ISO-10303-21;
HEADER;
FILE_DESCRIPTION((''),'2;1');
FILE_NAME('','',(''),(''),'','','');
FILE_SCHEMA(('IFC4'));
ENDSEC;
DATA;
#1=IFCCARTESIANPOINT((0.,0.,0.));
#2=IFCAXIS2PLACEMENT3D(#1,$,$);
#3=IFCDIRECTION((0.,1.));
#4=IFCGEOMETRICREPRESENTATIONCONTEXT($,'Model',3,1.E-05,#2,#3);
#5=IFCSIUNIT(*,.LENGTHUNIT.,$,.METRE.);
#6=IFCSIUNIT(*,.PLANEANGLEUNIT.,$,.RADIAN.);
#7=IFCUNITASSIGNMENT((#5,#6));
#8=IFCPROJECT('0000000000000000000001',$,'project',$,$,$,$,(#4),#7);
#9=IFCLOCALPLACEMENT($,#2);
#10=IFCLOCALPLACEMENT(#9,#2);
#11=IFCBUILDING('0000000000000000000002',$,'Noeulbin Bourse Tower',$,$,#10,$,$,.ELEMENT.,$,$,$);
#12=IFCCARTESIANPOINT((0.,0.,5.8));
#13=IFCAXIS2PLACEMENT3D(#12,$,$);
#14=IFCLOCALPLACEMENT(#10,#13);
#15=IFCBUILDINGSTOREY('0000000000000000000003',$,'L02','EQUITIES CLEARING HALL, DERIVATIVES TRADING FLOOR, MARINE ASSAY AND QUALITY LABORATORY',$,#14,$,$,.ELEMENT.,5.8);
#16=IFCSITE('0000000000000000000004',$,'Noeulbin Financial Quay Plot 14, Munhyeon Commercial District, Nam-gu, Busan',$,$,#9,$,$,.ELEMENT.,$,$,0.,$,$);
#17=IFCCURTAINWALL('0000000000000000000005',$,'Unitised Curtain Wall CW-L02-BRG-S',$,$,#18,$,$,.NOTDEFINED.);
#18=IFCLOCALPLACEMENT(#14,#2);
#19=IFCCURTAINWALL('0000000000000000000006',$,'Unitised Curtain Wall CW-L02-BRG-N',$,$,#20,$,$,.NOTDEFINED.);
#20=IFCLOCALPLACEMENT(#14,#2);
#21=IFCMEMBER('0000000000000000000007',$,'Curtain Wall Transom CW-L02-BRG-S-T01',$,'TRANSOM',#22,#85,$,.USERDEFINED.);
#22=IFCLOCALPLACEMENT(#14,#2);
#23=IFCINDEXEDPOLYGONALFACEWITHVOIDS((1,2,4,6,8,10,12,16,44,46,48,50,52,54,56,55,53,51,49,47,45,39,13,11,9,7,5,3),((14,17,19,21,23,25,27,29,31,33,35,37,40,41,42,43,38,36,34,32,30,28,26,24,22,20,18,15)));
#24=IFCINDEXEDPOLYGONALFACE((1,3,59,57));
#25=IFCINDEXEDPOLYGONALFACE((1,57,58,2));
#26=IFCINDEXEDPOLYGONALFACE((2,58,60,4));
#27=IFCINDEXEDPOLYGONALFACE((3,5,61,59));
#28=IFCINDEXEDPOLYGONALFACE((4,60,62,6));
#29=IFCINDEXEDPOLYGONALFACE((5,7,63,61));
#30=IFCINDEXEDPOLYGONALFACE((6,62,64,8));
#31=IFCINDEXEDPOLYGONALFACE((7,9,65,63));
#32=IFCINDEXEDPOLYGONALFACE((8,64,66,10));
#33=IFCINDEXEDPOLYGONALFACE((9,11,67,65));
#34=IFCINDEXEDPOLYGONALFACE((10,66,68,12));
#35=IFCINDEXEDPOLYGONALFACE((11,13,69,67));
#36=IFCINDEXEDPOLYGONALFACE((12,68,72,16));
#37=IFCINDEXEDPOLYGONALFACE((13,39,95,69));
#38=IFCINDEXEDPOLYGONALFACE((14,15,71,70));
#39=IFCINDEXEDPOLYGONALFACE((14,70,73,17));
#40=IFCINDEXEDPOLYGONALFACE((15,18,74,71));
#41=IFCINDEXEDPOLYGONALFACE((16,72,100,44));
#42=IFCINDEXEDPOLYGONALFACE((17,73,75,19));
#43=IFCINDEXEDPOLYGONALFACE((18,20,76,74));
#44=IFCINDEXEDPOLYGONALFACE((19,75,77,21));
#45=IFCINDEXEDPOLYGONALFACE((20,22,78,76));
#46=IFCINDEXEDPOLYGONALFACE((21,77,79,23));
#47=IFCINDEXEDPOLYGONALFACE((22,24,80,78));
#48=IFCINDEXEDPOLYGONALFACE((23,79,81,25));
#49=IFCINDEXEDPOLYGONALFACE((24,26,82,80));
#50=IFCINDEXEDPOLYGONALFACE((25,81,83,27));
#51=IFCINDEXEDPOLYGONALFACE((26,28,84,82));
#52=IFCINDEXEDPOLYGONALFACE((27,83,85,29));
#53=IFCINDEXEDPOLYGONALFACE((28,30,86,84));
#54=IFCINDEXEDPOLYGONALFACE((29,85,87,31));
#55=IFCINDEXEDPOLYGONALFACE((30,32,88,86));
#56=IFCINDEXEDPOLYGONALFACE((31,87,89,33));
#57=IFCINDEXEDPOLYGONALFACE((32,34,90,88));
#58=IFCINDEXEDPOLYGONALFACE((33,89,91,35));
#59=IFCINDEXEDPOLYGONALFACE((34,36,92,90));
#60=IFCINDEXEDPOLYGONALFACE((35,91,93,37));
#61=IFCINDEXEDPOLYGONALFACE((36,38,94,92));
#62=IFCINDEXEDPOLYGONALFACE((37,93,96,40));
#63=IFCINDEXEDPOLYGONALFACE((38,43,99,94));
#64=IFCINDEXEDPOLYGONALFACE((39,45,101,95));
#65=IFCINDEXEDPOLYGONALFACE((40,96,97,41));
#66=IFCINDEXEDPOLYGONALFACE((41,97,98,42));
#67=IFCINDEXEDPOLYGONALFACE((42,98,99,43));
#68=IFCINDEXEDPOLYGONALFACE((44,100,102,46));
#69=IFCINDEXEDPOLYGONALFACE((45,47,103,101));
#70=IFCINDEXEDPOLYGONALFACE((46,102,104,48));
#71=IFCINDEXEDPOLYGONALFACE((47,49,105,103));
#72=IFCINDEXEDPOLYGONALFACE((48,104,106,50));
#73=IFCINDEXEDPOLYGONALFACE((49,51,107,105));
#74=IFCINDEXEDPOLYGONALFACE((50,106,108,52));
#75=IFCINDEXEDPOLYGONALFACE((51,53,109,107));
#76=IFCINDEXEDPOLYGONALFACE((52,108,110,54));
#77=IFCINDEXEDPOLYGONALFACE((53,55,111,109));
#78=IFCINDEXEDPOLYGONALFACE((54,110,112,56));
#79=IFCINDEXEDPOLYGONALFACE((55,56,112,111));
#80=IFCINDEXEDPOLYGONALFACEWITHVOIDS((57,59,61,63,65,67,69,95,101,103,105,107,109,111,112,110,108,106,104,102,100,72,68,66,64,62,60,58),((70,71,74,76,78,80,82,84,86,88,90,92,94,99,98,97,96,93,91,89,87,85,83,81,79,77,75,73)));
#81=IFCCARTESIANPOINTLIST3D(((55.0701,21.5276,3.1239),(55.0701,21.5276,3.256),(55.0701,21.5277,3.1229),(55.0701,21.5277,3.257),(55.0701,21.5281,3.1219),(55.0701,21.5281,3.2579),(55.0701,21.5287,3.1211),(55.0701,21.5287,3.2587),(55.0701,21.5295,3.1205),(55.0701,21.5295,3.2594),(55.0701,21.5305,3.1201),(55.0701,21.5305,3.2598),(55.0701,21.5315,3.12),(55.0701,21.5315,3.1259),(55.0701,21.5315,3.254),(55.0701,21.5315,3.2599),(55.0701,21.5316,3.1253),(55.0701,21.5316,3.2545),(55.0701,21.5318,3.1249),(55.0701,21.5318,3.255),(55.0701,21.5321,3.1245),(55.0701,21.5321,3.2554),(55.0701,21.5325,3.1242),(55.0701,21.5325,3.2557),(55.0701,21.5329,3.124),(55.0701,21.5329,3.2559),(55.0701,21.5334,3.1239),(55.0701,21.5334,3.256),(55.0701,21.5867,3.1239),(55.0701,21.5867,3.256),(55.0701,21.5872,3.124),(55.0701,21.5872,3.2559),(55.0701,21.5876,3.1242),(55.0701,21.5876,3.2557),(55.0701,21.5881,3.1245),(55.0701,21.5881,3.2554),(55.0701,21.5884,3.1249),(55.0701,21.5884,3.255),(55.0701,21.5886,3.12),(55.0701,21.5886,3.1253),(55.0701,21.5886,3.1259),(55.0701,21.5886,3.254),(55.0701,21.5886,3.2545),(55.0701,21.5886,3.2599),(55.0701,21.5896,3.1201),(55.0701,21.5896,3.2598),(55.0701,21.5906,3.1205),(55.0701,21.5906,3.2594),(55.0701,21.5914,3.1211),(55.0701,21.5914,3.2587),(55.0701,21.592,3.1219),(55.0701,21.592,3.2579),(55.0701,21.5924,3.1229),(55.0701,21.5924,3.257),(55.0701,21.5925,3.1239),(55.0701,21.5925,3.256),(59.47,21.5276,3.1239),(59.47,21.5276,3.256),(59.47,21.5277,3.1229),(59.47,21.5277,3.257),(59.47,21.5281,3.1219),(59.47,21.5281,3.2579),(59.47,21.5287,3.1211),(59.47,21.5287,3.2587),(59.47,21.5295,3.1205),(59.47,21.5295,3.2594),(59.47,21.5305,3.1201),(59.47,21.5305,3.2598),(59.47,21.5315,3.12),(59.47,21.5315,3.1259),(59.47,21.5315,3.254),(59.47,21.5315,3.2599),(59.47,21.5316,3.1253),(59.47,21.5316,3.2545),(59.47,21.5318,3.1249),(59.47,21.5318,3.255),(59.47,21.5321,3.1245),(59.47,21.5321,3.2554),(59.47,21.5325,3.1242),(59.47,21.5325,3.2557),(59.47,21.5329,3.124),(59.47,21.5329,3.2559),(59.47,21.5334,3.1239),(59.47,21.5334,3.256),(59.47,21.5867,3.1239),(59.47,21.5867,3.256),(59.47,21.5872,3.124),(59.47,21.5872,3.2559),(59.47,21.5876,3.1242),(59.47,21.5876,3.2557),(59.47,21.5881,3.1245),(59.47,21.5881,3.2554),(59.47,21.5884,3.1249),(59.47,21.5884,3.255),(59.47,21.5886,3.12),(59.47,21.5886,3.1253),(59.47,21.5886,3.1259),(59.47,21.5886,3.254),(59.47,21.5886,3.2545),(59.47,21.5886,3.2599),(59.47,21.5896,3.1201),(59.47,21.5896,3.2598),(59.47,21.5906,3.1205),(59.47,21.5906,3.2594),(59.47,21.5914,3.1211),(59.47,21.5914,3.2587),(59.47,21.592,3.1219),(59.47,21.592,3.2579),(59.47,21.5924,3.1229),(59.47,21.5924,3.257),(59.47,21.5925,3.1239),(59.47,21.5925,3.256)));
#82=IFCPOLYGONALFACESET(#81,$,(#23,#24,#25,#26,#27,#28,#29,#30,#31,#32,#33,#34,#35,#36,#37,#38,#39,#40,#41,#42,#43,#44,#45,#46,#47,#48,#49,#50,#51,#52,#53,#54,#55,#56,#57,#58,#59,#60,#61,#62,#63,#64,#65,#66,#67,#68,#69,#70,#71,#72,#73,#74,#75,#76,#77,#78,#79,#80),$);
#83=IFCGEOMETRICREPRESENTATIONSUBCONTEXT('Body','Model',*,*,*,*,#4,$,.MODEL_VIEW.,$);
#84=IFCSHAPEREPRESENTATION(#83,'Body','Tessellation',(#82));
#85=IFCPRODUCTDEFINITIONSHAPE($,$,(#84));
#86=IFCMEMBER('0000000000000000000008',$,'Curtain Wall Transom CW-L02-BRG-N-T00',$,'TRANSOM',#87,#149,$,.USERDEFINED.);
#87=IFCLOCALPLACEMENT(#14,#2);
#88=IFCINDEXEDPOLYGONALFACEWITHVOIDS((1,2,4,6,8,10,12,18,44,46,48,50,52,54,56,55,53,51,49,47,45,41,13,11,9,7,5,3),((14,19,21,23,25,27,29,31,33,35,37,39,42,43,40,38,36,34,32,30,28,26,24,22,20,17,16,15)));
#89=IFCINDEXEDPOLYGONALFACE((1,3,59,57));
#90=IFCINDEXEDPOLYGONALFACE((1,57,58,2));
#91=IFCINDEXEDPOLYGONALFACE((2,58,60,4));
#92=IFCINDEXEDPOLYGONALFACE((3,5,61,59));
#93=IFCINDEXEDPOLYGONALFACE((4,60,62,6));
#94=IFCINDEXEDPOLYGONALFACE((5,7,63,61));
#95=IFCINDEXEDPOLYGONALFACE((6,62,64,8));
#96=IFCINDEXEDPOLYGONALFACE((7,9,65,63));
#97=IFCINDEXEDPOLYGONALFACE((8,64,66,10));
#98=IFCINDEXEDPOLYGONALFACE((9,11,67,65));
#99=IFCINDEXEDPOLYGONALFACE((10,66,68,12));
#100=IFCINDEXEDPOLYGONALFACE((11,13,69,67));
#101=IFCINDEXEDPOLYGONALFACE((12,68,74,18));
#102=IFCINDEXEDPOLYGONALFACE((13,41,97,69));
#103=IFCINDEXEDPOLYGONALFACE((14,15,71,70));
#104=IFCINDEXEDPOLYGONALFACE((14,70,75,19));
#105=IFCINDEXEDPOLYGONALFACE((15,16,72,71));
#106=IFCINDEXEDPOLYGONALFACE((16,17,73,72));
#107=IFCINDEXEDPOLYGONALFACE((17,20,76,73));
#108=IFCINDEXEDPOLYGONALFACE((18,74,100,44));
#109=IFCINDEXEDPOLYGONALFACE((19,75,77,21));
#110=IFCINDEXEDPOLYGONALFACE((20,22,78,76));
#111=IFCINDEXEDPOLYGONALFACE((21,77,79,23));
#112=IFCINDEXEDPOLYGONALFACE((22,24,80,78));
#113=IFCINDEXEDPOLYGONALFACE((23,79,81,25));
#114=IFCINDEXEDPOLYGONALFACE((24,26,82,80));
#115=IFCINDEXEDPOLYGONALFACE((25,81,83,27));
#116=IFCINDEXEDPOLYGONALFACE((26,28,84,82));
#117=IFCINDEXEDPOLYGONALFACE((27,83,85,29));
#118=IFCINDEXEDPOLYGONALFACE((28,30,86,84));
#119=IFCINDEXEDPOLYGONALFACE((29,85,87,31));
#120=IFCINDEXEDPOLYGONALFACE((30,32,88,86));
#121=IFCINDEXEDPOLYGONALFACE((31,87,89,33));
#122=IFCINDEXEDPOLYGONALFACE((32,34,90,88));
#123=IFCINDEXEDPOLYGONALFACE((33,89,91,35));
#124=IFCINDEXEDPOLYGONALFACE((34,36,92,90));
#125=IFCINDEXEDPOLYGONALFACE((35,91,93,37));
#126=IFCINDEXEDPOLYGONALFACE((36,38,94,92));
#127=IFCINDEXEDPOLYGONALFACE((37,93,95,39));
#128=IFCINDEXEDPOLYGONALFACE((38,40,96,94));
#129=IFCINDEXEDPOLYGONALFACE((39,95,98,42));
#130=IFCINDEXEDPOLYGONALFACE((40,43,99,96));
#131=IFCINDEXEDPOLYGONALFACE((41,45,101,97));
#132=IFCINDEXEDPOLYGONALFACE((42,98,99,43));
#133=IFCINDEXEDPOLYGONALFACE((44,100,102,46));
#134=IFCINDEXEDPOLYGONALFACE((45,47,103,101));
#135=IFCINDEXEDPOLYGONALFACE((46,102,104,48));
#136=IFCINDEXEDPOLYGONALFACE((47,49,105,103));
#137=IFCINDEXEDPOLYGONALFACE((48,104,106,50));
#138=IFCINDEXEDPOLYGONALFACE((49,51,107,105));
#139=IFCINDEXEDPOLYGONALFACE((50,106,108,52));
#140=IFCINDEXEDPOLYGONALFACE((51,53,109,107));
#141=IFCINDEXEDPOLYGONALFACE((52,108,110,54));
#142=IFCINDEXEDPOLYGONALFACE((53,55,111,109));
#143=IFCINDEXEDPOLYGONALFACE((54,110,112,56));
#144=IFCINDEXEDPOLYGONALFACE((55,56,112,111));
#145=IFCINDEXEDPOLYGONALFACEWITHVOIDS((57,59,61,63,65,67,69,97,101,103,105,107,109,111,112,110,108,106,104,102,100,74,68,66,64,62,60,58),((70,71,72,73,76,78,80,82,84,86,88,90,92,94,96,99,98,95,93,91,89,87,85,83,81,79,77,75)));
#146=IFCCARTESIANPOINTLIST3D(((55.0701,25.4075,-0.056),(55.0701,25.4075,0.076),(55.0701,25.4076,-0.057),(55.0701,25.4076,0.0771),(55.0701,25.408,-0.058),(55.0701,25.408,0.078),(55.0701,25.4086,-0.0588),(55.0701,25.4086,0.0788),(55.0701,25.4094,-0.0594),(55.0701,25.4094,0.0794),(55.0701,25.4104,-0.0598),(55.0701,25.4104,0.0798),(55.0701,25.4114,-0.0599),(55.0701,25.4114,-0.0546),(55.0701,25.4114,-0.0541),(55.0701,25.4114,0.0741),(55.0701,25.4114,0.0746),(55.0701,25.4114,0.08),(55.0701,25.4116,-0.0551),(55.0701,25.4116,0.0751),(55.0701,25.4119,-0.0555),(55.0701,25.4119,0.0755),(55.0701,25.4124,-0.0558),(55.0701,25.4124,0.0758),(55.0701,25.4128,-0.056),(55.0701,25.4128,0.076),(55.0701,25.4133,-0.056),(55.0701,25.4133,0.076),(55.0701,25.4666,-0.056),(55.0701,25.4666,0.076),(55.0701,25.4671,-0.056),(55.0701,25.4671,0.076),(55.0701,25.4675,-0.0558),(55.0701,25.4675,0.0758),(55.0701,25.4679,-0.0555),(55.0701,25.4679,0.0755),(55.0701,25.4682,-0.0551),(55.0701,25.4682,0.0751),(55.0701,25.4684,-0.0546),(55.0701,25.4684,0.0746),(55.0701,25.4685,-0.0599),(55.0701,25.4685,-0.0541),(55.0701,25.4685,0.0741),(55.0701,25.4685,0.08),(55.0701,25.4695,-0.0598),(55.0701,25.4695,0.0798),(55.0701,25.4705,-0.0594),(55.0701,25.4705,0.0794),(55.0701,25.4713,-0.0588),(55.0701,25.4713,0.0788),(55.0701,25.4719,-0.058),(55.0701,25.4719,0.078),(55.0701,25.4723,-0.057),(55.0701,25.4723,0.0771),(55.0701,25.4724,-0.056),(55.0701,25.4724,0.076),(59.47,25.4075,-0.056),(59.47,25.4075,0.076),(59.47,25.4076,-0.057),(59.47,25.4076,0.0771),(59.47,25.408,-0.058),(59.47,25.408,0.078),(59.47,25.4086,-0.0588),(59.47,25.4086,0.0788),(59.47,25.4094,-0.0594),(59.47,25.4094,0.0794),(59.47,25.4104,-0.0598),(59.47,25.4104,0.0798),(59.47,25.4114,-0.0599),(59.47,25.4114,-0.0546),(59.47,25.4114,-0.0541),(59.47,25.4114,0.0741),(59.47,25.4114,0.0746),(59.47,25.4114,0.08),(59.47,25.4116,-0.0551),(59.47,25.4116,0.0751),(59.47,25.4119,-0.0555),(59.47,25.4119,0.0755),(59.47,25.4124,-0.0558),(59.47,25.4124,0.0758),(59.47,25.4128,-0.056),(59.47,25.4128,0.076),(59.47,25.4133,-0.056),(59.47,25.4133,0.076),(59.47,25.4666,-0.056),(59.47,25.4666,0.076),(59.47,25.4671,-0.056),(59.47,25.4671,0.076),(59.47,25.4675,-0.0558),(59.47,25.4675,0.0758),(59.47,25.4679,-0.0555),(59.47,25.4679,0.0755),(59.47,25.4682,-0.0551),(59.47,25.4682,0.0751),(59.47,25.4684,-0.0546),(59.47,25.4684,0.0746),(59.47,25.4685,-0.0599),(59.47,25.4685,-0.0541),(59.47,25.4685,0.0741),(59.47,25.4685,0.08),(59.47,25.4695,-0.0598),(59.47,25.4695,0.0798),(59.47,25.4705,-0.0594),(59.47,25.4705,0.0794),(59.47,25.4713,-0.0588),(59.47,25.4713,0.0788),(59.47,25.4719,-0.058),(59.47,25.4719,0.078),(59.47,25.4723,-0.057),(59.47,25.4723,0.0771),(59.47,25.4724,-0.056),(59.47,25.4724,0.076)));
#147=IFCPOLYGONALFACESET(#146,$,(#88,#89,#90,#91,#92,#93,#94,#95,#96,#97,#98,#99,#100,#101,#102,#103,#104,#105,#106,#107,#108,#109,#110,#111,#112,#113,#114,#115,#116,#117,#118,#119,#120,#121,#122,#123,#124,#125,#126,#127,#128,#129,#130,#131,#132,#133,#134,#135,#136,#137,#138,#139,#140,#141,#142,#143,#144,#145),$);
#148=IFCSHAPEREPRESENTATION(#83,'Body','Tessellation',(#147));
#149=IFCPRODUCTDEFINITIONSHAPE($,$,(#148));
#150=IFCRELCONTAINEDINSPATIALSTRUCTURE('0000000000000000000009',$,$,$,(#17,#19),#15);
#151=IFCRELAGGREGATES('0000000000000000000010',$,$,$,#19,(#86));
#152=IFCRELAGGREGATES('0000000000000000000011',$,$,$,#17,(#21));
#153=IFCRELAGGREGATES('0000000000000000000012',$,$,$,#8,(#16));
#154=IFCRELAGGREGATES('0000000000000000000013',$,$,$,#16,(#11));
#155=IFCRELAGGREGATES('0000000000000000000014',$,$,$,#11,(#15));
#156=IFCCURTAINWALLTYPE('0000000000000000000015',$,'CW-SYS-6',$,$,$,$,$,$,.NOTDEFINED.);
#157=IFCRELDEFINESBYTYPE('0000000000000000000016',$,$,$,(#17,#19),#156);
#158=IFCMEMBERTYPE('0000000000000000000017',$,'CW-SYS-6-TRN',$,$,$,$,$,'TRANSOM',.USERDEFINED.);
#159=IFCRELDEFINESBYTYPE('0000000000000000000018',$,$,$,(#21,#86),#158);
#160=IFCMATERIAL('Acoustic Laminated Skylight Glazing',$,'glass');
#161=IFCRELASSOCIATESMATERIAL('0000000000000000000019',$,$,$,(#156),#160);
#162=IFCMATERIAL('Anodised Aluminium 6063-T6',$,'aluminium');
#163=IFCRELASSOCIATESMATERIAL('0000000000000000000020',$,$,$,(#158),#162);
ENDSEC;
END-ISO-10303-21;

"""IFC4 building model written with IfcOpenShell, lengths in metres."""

from ifc_helpers import new_model, si_unit, direction, frame, origin, origin_2d, place, context, subcontext, project, spatial, hollow_rectangle, extrude, material, material_profile, profile_set, type_object, element, aggregate, save


model = new_model("IFC4")

# Units and contexts
model_context = context("Model", 3, precision=1e-05, world=origin(), true_north=direction((0.0, 1.0)))
body_context = subcontext(model_context, "Body", "Model", "MODEL_VIEW")
ifc_project = project(units=[si_unit("LENGTHUNIT", "METRE"), si_unit("PLANEANGLEUNIT", "RADIAN")], contexts=[model_context])

# Site, building, storey
site_placement = place(None, origin())
site = spatial("IfcSite", under=ifc_project, at=site_placement, Name="Noeulbin Financial Quay Plot 14, Munhyeon Commercial District, Nam-gu, Busan", CompositionType="ELEMENT", RefElevation=0.0)
building_placement = place(site_placement, origin())
building = spatial("IfcBuilding", under=site, at=building_placement, Name="Noeulbin Bourse Tower", CompositionType="ELEMENT")
storey_placement = place(building_placement, frame((0.0, 0.0, 5.8)))
storey = spatial("IfcBuildingStorey", under=building, at=storey_placement, Name="L02", Description="EQUITIES CLEARING HALL, DERIVATIVES TRADING FLOOR, MARINE ASSAY AND QUALITY LABORATORY", CompositionType="ELEMENT", Elevation=5.8)

# Shared definitions
ifc_material_1 = material(Name="Anodised Aluminium 6063-T6", Category="aluminium")

# Curtain wall
ifc_material_2 = material(Name="Acoustic Laminated Skylight Glazing", Category="glass")
curtain_wall_type_1 = type_object("IfcCurtainWallType", Name="CW-SYS-6", PredefinedType="NOTDEFINED", material=ifc_material_2)
curtain_wall_1_placement = place(storey_placement, origin())
curtain_wall_1 = element("IfcCurtainWall", 1, at=curtain_wall_1_placement, inside=storey, type_object=curtain_wall_type_1, Name="Unitised Curtain Wall CW-L02-BRG-S", PredefinedType="NOTDEFINED")

# Curtain wall
curtain_wall_2_placement = place(storey_placement, origin())
curtain_wall_2 = element("IfcCurtainWall", 2, at=curtain_wall_2_placement, inside=storey, type_object=curtain_wall_type_1, Name="Unitised Curtain Wall CW-L02-BRG-N", PredefinedType="NOTDEFINED")

# Members
ifc_material_profile_1 = material_profile(ifc_material_1, hollow_rectangle(XDim=0.0649, YDim=0.1399, WallThickness=0.0039, InnerFilletRadius=0.002, OuterFilletRadius=0.0039, at=origin_2d()), Name="ALU-TRAN-65x140x4", Category="LoadBearing")
ifc_profile_set_1 = profile_set([ifc_material_profile_1], Name="Anodised Aluminium 6063-T6")
member_type_1 = type_object("IfcMemberType", Name="CW-SYS-6-TRN", ElementType="TRANSOM", PredefinedType="USERDEFINED", material=ifc_profile_set_1)
member_1_placement = place(storey_placement, frame((55.0701, 21.5601, 3.1899), z_axis=(1.0, 0.0, 0.0), x_axis=(0.0, 1.0, 0.0)))
member_1 = element("IfcMember", 3, at=member_1_placement, type_object=member_type_1, Name="Curtain Wall Transom CW-L02-BRG-S-T01", ObjectType="TRANSOM", PredefinedType="USERDEFINED", context=body_context, shape_type="SweptSolid", body=[
    extrude(hollow_rectangle(XDim=0.0649, YDim=0.1399, WallThickness=0.0039, InnerFilletRadius=0.002, OuterFilletRadius=0.0039, at=origin_2d()), origin(), (0.0, 0.0, 1.0), 4.3999),
])
member_2_placement = place(storey_placement, frame((55.0701, 25.4399, 0.01), z_axis=(1.0, 0.0, 0.0), x_axis=(0.0, 1.0, 0.0)))
member_2 = element("IfcMember", 4, at=member_2_placement, type_object=member_type_1, Name="Curtain Wall Transom CW-L02-BRG-N-T00", ObjectType="TRANSOM", PredefinedType="USERDEFINED", context=body_context, shape_type="SweptSolid", body=[
    extrude(hollow_rectangle(XDim=0.0649, YDim=0.1399, WallThickness=0.0039, InnerFilletRadius=0.002, OuterFilletRadius=0.0039, at=origin_2d()), origin(), (0.0, 0.0, 1.0), 4.3999),
])
aggregate(curtain_wall_2, [member_2])

aggregate(curtain_wall_1, [member_1])

save(model, "model.ifc")
